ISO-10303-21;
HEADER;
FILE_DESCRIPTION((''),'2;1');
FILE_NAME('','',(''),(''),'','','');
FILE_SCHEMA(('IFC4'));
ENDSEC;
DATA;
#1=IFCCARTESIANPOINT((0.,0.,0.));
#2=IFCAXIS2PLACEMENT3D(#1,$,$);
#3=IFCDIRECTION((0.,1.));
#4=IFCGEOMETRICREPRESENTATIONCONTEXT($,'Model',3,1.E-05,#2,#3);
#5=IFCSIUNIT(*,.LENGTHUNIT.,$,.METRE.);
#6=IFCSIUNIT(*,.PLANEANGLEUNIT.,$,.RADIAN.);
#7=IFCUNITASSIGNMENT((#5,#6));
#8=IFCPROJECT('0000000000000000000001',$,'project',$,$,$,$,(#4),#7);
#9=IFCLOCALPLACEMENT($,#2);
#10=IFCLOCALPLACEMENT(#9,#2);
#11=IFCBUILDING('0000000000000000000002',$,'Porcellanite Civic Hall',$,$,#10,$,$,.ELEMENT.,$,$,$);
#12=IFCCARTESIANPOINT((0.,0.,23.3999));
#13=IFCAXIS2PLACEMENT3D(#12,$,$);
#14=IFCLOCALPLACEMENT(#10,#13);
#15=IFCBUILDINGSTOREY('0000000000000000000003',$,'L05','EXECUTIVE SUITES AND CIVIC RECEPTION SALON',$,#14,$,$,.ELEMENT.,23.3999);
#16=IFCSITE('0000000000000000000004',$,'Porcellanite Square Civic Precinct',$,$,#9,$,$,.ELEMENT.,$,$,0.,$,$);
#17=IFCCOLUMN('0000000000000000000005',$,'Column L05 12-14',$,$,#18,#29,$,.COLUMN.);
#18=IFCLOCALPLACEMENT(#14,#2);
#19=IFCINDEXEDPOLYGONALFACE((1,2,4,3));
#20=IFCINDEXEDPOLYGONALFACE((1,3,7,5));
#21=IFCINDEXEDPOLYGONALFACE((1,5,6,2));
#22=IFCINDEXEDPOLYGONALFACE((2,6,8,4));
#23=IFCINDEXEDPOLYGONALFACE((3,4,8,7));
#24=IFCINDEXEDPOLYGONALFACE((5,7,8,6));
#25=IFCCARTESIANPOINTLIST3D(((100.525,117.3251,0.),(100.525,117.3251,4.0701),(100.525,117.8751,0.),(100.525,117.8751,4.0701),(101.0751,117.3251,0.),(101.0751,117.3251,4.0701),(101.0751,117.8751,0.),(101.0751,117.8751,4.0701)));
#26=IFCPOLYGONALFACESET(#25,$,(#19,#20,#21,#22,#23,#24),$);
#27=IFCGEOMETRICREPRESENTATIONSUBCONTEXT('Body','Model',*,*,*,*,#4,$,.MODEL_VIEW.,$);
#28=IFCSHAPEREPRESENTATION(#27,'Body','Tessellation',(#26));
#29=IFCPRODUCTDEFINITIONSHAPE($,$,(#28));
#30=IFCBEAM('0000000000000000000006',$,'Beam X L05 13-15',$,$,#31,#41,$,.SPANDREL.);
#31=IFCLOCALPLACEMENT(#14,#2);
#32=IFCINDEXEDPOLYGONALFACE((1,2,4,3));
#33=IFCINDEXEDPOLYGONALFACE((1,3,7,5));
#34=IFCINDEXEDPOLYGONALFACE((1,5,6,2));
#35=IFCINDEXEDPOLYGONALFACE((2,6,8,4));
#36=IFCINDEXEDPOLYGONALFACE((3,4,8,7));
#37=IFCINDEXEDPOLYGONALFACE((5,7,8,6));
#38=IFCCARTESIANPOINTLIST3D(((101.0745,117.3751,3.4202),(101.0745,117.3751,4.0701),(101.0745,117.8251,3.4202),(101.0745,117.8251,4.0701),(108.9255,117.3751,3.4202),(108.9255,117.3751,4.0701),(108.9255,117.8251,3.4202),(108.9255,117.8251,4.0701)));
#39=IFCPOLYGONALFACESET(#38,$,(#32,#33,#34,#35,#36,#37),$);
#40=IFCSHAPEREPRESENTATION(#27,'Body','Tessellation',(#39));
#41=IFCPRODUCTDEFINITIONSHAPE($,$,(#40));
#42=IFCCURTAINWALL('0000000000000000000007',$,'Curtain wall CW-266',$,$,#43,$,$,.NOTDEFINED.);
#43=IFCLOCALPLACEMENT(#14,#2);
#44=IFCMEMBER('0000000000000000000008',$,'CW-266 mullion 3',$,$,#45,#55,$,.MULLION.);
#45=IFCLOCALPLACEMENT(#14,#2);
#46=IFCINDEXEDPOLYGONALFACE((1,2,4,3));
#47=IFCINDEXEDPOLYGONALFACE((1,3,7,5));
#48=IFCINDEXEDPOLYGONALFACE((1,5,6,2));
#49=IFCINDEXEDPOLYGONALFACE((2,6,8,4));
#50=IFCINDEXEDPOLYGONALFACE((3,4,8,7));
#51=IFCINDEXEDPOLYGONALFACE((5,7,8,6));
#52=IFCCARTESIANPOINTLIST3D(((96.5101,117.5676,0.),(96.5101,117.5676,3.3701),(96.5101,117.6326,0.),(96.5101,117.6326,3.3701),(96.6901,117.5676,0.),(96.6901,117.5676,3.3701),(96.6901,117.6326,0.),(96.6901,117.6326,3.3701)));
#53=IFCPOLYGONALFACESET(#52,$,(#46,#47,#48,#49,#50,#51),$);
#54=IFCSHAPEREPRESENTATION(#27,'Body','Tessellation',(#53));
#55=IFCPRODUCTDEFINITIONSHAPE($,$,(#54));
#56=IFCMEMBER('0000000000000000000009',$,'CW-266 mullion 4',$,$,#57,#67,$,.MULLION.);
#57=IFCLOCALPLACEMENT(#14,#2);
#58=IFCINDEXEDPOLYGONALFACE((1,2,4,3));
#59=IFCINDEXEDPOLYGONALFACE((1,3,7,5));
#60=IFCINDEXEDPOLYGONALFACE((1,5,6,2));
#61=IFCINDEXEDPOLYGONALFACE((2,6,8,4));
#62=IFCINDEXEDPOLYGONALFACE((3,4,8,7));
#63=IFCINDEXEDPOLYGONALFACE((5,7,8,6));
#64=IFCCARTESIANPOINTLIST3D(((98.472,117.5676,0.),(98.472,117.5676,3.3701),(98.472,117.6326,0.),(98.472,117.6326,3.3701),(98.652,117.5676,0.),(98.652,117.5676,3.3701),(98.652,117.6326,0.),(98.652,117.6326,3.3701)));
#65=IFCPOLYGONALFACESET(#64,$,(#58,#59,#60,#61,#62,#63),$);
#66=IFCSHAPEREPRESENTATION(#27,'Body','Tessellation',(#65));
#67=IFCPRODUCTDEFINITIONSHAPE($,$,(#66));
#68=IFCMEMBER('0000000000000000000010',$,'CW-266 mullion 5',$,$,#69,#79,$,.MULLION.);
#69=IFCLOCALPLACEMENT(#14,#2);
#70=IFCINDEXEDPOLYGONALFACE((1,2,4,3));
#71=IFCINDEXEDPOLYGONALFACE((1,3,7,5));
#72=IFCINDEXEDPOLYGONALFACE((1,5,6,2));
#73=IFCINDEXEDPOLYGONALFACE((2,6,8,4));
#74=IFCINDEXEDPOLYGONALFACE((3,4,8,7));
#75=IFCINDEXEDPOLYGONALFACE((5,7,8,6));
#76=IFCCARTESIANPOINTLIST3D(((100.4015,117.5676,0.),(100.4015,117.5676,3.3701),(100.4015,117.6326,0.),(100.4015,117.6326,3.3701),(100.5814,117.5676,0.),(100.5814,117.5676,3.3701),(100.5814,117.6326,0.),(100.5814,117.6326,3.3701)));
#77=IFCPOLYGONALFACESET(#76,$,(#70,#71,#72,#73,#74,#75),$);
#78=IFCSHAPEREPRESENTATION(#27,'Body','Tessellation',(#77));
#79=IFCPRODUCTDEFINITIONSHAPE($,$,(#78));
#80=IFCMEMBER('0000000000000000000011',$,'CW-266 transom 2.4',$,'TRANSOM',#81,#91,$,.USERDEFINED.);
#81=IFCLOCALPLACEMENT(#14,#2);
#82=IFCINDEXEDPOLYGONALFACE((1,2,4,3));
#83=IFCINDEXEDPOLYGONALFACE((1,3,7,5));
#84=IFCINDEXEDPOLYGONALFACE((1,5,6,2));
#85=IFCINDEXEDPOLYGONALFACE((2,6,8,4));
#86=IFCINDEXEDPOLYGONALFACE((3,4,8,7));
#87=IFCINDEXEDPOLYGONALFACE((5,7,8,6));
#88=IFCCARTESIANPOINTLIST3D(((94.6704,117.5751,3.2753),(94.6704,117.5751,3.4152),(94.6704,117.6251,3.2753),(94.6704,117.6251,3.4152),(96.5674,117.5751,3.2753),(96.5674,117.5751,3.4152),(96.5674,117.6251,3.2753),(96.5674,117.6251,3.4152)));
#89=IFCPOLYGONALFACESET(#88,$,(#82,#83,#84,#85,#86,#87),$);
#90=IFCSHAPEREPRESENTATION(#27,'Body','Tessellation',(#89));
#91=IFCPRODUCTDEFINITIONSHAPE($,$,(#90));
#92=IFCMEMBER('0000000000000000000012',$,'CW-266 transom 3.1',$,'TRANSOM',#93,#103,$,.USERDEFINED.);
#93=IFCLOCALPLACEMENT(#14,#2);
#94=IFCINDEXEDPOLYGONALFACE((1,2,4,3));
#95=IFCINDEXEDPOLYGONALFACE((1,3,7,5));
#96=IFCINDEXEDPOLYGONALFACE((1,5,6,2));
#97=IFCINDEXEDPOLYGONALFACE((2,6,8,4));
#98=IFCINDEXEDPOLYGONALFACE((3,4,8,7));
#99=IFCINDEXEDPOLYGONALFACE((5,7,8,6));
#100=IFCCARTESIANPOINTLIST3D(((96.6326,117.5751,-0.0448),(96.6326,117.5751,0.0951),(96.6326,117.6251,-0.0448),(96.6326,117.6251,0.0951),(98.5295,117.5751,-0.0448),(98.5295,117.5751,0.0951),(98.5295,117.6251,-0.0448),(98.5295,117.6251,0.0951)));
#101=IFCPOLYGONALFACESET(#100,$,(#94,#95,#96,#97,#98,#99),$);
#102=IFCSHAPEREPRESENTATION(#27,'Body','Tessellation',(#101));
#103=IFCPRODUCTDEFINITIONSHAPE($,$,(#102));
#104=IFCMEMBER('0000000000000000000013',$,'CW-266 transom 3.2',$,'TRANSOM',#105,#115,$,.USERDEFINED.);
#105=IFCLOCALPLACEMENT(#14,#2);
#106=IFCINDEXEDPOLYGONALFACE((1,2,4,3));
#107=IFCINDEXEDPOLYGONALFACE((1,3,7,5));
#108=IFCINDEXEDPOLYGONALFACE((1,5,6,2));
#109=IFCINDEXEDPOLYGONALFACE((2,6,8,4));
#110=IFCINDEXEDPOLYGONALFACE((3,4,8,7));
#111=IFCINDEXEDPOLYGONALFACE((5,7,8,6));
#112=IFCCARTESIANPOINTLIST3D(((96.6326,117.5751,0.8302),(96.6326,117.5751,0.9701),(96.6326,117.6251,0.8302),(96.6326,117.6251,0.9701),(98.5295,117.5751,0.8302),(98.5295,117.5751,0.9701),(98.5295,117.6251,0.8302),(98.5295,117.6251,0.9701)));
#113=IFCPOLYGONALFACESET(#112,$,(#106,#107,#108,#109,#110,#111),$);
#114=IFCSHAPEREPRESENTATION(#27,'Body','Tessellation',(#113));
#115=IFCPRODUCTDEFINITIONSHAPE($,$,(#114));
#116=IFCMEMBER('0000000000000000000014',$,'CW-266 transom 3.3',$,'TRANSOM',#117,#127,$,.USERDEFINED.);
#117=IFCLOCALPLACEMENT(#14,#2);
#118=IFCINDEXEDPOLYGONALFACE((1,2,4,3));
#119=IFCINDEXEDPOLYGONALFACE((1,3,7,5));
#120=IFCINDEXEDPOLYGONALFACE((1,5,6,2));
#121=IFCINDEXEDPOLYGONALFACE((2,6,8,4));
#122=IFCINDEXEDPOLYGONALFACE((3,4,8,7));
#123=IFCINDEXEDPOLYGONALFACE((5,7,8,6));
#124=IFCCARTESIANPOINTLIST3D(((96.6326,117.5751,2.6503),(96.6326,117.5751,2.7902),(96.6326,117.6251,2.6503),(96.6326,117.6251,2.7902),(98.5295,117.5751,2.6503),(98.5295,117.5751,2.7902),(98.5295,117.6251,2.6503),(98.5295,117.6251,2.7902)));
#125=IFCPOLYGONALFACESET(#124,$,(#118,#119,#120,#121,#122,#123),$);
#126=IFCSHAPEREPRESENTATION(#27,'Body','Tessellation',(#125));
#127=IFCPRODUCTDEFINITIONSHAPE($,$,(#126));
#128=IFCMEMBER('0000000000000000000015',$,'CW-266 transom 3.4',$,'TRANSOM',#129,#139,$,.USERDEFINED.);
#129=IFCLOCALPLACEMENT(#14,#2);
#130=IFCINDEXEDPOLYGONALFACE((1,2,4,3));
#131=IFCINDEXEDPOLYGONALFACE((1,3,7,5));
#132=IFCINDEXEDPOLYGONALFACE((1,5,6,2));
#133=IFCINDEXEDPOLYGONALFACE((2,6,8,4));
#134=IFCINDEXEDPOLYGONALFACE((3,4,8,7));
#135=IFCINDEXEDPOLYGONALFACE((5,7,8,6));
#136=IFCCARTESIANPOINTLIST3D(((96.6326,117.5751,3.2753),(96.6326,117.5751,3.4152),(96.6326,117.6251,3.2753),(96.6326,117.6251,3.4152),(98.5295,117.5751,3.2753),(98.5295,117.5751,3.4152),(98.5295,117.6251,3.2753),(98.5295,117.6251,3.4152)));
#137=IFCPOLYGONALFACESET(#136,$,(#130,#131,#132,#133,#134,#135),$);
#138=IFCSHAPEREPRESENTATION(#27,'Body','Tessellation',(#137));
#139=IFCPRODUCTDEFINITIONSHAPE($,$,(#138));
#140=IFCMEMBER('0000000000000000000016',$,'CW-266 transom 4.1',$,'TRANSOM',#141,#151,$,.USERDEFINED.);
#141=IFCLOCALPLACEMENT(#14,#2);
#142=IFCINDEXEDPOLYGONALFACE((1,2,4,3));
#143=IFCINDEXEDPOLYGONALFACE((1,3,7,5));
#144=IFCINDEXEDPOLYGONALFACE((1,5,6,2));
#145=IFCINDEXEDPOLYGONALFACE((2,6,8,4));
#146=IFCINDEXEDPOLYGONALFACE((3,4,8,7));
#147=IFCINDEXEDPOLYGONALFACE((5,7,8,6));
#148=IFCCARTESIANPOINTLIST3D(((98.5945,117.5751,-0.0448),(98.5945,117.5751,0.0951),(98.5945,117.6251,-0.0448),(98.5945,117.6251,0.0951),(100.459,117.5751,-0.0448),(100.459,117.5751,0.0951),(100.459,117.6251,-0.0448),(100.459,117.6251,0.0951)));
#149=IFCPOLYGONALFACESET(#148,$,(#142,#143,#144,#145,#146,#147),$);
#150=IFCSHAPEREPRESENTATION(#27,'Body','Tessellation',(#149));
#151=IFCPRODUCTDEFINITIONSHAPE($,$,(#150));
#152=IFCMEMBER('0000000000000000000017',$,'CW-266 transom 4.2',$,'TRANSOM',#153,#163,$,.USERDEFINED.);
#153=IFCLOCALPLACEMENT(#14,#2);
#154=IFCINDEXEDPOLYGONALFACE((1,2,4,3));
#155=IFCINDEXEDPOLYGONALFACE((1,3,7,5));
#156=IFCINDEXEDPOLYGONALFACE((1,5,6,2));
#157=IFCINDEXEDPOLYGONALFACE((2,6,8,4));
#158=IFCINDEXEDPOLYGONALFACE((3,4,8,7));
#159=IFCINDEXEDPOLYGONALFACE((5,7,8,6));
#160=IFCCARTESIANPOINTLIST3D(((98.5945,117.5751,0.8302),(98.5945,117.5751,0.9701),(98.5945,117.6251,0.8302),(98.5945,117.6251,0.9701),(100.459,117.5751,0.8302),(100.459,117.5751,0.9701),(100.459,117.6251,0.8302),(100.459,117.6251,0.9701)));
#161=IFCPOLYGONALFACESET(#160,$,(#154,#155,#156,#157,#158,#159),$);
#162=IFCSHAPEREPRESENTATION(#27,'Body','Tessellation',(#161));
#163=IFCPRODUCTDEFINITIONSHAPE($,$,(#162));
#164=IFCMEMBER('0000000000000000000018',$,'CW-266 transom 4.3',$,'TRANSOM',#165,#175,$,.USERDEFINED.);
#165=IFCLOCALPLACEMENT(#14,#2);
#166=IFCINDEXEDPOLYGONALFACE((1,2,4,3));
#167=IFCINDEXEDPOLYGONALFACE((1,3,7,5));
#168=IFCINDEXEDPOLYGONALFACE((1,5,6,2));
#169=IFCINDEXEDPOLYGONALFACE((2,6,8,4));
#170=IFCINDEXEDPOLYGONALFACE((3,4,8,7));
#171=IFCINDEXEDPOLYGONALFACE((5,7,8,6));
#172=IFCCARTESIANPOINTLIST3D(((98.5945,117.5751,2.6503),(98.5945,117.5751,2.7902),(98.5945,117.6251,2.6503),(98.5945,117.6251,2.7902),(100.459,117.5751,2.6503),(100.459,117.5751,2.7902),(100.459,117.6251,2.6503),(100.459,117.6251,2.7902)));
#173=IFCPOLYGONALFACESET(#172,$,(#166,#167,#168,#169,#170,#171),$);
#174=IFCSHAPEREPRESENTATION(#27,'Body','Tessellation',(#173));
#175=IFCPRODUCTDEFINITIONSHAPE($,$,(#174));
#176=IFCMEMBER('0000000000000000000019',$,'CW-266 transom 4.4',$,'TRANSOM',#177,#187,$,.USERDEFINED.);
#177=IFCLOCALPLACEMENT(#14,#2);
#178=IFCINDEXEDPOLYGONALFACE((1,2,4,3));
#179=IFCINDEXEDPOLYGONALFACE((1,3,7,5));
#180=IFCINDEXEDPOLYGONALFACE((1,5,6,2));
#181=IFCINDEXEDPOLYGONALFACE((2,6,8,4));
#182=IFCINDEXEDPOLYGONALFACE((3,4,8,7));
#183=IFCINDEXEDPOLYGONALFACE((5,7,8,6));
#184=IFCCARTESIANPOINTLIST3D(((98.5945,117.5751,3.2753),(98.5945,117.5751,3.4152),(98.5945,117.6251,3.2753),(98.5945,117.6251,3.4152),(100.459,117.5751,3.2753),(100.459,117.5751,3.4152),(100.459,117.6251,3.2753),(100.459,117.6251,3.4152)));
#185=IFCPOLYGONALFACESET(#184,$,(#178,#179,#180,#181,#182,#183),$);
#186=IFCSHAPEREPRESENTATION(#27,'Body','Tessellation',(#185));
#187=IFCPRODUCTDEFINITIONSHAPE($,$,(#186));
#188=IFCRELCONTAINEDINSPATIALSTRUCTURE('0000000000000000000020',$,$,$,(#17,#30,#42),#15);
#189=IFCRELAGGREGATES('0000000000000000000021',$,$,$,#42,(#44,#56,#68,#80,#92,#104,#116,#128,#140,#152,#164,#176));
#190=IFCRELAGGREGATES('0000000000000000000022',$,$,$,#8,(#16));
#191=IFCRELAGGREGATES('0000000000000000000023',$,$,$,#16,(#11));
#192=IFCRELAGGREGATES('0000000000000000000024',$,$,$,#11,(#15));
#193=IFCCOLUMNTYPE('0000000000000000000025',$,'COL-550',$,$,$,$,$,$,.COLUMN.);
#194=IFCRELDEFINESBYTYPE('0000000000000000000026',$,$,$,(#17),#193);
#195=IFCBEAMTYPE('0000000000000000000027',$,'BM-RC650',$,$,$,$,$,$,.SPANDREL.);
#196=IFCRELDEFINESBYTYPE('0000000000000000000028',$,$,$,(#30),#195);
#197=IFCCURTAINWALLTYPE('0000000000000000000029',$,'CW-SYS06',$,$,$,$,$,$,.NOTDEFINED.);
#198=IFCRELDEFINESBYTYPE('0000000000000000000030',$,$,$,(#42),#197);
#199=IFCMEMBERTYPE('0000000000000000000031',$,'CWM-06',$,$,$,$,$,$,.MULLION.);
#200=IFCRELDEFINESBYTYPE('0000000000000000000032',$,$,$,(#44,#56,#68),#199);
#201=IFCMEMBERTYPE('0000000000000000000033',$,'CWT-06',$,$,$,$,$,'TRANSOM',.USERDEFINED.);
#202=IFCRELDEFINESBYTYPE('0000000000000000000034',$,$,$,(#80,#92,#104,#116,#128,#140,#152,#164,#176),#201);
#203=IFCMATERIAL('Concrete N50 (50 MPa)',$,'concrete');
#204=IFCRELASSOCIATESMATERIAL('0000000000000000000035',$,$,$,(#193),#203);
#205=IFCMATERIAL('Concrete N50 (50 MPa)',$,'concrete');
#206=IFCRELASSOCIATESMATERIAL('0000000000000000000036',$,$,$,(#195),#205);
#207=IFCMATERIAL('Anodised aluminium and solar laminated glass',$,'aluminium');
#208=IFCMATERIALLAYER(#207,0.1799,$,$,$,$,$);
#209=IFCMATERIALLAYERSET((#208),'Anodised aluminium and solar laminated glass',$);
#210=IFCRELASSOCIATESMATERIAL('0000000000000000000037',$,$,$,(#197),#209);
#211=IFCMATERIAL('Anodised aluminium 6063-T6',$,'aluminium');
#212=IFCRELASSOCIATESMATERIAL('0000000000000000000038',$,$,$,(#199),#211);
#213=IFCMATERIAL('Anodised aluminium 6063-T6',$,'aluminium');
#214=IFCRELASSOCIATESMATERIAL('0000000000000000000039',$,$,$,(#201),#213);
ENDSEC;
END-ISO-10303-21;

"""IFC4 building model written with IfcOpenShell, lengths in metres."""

from ifc_helpers import new_model, si_unit, direction, frame, origin, origin_2d, place, context, subcontext, project, spatial, rectangle, extrude, material, layer, layer_set, material_profile, profile_set, type_object, element, aggregate, save


model = new_model("IFC4")

# Units and contexts
model_context = context("Model", 3, precision=1e-05, world=origin(), true_north=direction((0.0, 1.0)))
body_context = subcontext(model_context, "Body", "Model", "MODEL_VIEW")
ifc_project = project(units=[si_unit("LENGTHUNIT", "METRE"), si_unit("PLANEANGLEUNIT", "RADIAN")], contexts=[model_context])

# Site, building, storey
site_placement = place(None, origin())
site = spatial("IfcSite", under=ifc_project, at=site_placement, Name="Porcellanite Square Civic Precinct", CompositionType="ELEMENT", RefElevation=0.0)
building_placement = place(site_placement, origin())
building = spatial("IfcBuilding", under=site, at=building_placement, Name="Porcellanite Civic Hall", CompositionType="ELEMENT")
storey_placement = place(building_placement, frame((0.0, 0.0, 23.3999)))
storey = spatial("IfcBuildingStorey", under=building, at=storey_placement, Name="L05", Description="EXECUTIVE SUITES AND CIVIC RECEPTION SALON", CompositionType="ELEMENT", Elevation=23.3999)

# Column
ifc_material_1 = material(Name="Concrete N50 (50 MPa)", Category="concrete")
ifc_material_profile_1 = material_profile(ifc_material_1, rectangle(XDim=0.55, YDim=0.55, at=origin_2d()), Name="RC-550x550")
ifc_profile_set_1 = profile_set([ifc_material_profile_1], Name="Concrete N50 (50 MPa)")
column_type = type_object("IfcColumnType", Name="COL-550", PredefinedType="COLUMN", material=ifc_profile_set_1)
column_placement = place(storey_placement, frame((100.8, 117.6001, 0.0), z_axis=(0.0, 0.0, 1.0), x_axis=(1.0, 0.0, 0.0)))
element("IfcColumn", 1, at=column_placement, inside=storey, type_object=column_type, Name="Column L05 12-14", PredefinedType="COLUMN", context=body_context, shape_type="SweptSolid", body=[
    extrude(rectangle(XDim=0.55, YDim=0.55, at=origin_2d()), origin(), (0.0, 0.0, 1.0), 4.0701),
])

# Beam
ifc_material_2 = material(Name="Concrete N50 (50 MPa)", Category="concrete")
ifc_material_profile_2 = material_profile(ifc_material_2, rectangle(XDim=0.45, YDim=0.6499, at=origin_2d()), Name="RC-450x650")
ifc_profile_set_2 = profile_set([ifc_material_profile_2], Name="Concrete N50 (50 MPa)")
beam_type = type_object("IfcBeamType", Name="BM-RC650", PredefinedType="SPANDREL", material=ifc_profile_set_2)
beam_placement = place(storey_placement, frame((101.0745, 117.6001, 3.7451), z_axis=(1.0, 0.0, 0.0), x_axis=(0.0, 1.0, 0.0)))
element("IfcBeam", 2, at=beam_placement, inside=storey, type_object=beam_type, Name="Beam X L05 13-15", PredefinedType="SPANDREL", context=body_context, shape_type="SweptSolid", body=[
    extrude(rectangle(XDim=0.45, YDim=0.6499, at=origin_2d()), origin(), (0.0, 0.0, 1.0), 7.8511),
])

# Curtain wall, members
ifc_material_3 = material(Name="Anodised aluminium and solar laminated glass", Category="aluminium")
ifc_layer_1 = layer(ifc_material_3, 0.1799)
ifc_layer_set_1 = layer_set([ifc_layer_1], Name="Anodised aluminium and solar laminated glass")
curtain_wall_type = type_object("IfcCurtainWallType", Name="CW-SYS06", PredefinedType="NOTDEFINED", material=ifc_layer_set_1)
curtain_wall_placement = place(storey_placement, origin())
curtain_wall = element("IfcCurtainWall", 3, at=curtain_wall_placement, inside=storey, type_object=curtain_wall_type, Name="Curtain wall CW-266", PredefinedType="NOTDEFINED")
ifc_material_4 = material(Name="Anodised aluminium 6063-T6", Category="aluminium")
ifc_material_profile_3 = material_profile(ifc_material_4, rectangle(XDim=0.0649, YDim=0.1799, at=origin_2d()), Name="AL-65x180")
ifc_profile_set_3 = profile_set([ifc_material_profile_3], Name="Anodised aluminium 6063-T6")
member_type_1 = type_object("IfcMemberType", Name="CWM-06", PredefinedType="MULLION", material=ifc_profile_set_3)
member_1_placement = place(storey_placement, frame((96.6001, 117.6001, 0.0), z_axis=(0.0, 0.0, 1.0), x_axis=(0.0, 1.0, 0.0)))
member_1 = element("IfcMember", 4, at=member_1_placement, type_object=member_type_1, Name="CW-266 mullion 3", PredefinedType="MULLION", context=body_context, shape_type="SweptSolid", body=[
    extrude(rectangle(XDim=0.0649, YDim=0.1799, at=origin_2d()), origin(), (0.0, 0.0, 1.0), 3.3701),
])
member_2_placement = place(storey_placement, frame((98.562, 117.6001, 0.0), z_axis=(0.0, 0.0, 1.0), x_axis=(0.0, 1.0, 0.0)))
member_2 = element("IfcMember", 5, at=member_2_placement, type_object=member_type_1, Name="CW-266 mullion 4", PredefinedType="MULLION", context=body_context, shape_type="SweptSolid", body=[
    extrude(rectangle(XDim=0.0649, YDim=0.1799, at=origin_2d()), origin(), (0.0, 0.0, 1.0), 3.3701),
])
member_3_placement = place(storey_placement, frame((100.4915, 117.6001, 0.0), z_axis=(0.0, 0.0, 1.0), x_axis=(0.0, 1.0, 0.0)))
member_3 = element("IfcMember", 6, at=member_3_placement, type_object=member_type_1, Name="CW-266 mullion 5", PredefinedType="MULLION", context=body_context, shape_type="SweptSolid", body=[
    extrude(rectangle(XDim=0.0649, YDim=0.1799, at=origin_2d()), origin(), (0.0, 0.0, 1.0), 3.3701),
])
ifc_material_5 = material(Name="Anodised aluminium 6063-T6", Category="aluminium")
ifc_material_profile_4 = material_profile(ifc_material_5, rectangle(XDim=0.05, YDim=0.1399, at=origin_2d()), Name="AL-50x140")
ifc_profile_set_4 = profile_set([ifc_material_profile_4], Name="Anodised aluminium 6063-T6")
member_type_2 = type_object("IfcMemberType", Name="CWT-06", ElementType="TRANSOM", PredefinedType="USERDEFINED", material=ifc_profile_set_4)
member_4_placement = place(storey_placement, frame((94.6704, 117.6001, 3.3452), z_axis=(1.0, 0.0, 0.0), x_axis=(0.0, 1.0, 0.0)))
member_4 = element("IfcMember", 7, at=member_4_placement, type_object=member_type_2, Name="CW-266 transom 2.4", ObjectType="TRANSOM", PredefinedType="USERDEFINED", context=body_context, shape_type="SweptSolid", body=[
    extrude(rectangle(XDim=0.05, YDim=0.1399, at=origin_2d()), origin(), (0.0, 0.0, 1.0), 1.897),
])
member_5_placement = place(storey_placement, frame((96.6326, 117.6001, 0.0251), z_axis=(1.0, 0.0, 0.0), x_axis=(0.0, 1.0, 0.0)))
member_5 = element("IfcMember", 8, at=member_5_placement, type_object=member_type_2, Name="CW-266 transom 3.1", ObjectType="TRANSOM", PredefinedType="USERDEFINED", context=body_context, shape_type="SweptSolid", body=[
    extrude(rectangle(XDim=0.05, YDim=0.1399, at=origin_2d()), origin(), (0.0, 0.0, 1.0), 1.897),
])
member_6_placement = place(storey_placement, frame((96.6326, 117.6001, 0.9001), z_axis=(1.0, 0.0, 0.0), x_axis=(0.0, 1.0, 0.0)))
member_6 = element("IfcMember", 9, at=member_6_placement, type_object=member_type_2, Name="CW-266 transom 3.2", ObjectType="TRANSOM", PredefinedType="USERDEFINED", context=body_context, shape_type="SweptSolid", body=[
    extrude(rectangle(XDim=0.05, YDim=0.1399, at=origin_2d()), origin(), (0.0, 0.0, 1.0), 1.897),
])
member_7_placement = place(storey_placement, frame((96.6326, 117.6001, 2.7202), z_axis=(1.0, 0.0, 0.0), x_axis=(0.0, 1.0, 0.0)))
member_7 = element("IfcMember", 10, at=member_7_placement, type_object=member_type_2, Name="CW-266 transom 3.3", ObjectType="TRANSOM", PredefinedType="USERDEFINED", context=body_context, shape_type="SweptSolid", body=[
    extrude(rectangle(XDim=0.05, YDim=0.1399, at=origin_2d()), origin(), (0.0, 0.0, 1.0), 1.897),
])
member_8_placement = place(storey_placement, frame((96.6326, 117.6001, 3.3452), z_axis=(1.0, 0.0, 0.0), x_axis=(0.0, 1.0, 0.0)))
member_8 = element("IfcMember", 11, at=member_8_placement, type_object=member_type_2, Name="CW-266 transom 3.4", ObjectType="TRANSOM", PredefinedType="USERDEFINED", context=body_context, shape_type="SweptSolid", body=[
    extrude(rectangle(XDim=0.05, YDim=0.1399, at=origin_2d()), origin(), (0.0, 0.0, 1.0), 1.897),
])
member_9_placement = place(storey_placement, frame((98.5945, 117.6001, 0.0251), z_axis=(1.0, 0.0, 0.0), x_axis=(0.0, 1.0, 0.0)))
member_9 = element("IfcMember", 12, at=member_9_placement, type_object=member_type_2, Name="CW-266 transom 4.1", ObjectType="TRANSOM", PredefinedType="USERDEFINED", context=body_context, shape_type="SweptSolid", body=[
    extrude(rectangle(XDim=0.05, YDim=0.1399, at=origin_2d()), origin(), (0.0, 0.0, 1.0), 1.8645),
])
member_10_placement = place(storey_placement, frame((98.5945, 117.6001, 0.9001), z_axis=(1.0, 0.0, 0.0), x_axis=(0.0, 1.0, 0.0)))
member_10 = element("IfcMember", 13, at=member_10_placement, type_object=member_type_2, Name="CW-266 transom 4.2", ObjectType="TRANSOM", PredefinedType="USERDEFINED", context=body_context, shape_type="SweptSolid", body=[
    extrude(rectangle(XDim=0.05, YDim=0.1399, at=origin_2d()), origin(), (0.0, 0.0, 1.0), 1.8645),
])
member_11_placement = place(storey_placement, frame((98.5945, 117.6001, 2.7202), z_axis=(1.0, 0.0, 0.0), x_axis=(0.0, 1.0, 0.0)))
member_11 = element("IfcMember", 14, at=member_11_placement, type_object=member_type_2, Name="CW-266 transom 4.3", ObjectType="TRANSOM", PredefinedType="USERDEFINED", context=body_context, shape_type="SweptSolid", body=[
    extrude(rectangle(XDim=0.05, YDim=0.1399, at=origin_2d()), origin(), (0.0, 0.0, 1.0), 1.8645),
])
member_12_placement = place(storey_placement, frame((98.5945, 117.6001, 3.3452), z_axis=(1.0, 0.0, 0.0), x_axis=(0.0, 1.0, 0.0)))
member_12 = element("IfcMember", 15, at=member_12_placement, type_object=member_type_2, Name="CW-266 transom 4.4", ObjectType="TRANSOM", PredefinedType="USERDEFINED", context=body_context, shape_type="SweptSolid", body=[
    extrude(rectangle(XDim=0.05, YDim=0.1399, at=origin_2d()), origin(), (0.0, 0.0, 1.0), 1.8645),
])
aggregate(curtain_wall, [member_1, member_2, member_3, member_4, member_5, member_6, member_7, member_8, member_9, member_10, member_11, member_12])

save(model, "model.ifc")
